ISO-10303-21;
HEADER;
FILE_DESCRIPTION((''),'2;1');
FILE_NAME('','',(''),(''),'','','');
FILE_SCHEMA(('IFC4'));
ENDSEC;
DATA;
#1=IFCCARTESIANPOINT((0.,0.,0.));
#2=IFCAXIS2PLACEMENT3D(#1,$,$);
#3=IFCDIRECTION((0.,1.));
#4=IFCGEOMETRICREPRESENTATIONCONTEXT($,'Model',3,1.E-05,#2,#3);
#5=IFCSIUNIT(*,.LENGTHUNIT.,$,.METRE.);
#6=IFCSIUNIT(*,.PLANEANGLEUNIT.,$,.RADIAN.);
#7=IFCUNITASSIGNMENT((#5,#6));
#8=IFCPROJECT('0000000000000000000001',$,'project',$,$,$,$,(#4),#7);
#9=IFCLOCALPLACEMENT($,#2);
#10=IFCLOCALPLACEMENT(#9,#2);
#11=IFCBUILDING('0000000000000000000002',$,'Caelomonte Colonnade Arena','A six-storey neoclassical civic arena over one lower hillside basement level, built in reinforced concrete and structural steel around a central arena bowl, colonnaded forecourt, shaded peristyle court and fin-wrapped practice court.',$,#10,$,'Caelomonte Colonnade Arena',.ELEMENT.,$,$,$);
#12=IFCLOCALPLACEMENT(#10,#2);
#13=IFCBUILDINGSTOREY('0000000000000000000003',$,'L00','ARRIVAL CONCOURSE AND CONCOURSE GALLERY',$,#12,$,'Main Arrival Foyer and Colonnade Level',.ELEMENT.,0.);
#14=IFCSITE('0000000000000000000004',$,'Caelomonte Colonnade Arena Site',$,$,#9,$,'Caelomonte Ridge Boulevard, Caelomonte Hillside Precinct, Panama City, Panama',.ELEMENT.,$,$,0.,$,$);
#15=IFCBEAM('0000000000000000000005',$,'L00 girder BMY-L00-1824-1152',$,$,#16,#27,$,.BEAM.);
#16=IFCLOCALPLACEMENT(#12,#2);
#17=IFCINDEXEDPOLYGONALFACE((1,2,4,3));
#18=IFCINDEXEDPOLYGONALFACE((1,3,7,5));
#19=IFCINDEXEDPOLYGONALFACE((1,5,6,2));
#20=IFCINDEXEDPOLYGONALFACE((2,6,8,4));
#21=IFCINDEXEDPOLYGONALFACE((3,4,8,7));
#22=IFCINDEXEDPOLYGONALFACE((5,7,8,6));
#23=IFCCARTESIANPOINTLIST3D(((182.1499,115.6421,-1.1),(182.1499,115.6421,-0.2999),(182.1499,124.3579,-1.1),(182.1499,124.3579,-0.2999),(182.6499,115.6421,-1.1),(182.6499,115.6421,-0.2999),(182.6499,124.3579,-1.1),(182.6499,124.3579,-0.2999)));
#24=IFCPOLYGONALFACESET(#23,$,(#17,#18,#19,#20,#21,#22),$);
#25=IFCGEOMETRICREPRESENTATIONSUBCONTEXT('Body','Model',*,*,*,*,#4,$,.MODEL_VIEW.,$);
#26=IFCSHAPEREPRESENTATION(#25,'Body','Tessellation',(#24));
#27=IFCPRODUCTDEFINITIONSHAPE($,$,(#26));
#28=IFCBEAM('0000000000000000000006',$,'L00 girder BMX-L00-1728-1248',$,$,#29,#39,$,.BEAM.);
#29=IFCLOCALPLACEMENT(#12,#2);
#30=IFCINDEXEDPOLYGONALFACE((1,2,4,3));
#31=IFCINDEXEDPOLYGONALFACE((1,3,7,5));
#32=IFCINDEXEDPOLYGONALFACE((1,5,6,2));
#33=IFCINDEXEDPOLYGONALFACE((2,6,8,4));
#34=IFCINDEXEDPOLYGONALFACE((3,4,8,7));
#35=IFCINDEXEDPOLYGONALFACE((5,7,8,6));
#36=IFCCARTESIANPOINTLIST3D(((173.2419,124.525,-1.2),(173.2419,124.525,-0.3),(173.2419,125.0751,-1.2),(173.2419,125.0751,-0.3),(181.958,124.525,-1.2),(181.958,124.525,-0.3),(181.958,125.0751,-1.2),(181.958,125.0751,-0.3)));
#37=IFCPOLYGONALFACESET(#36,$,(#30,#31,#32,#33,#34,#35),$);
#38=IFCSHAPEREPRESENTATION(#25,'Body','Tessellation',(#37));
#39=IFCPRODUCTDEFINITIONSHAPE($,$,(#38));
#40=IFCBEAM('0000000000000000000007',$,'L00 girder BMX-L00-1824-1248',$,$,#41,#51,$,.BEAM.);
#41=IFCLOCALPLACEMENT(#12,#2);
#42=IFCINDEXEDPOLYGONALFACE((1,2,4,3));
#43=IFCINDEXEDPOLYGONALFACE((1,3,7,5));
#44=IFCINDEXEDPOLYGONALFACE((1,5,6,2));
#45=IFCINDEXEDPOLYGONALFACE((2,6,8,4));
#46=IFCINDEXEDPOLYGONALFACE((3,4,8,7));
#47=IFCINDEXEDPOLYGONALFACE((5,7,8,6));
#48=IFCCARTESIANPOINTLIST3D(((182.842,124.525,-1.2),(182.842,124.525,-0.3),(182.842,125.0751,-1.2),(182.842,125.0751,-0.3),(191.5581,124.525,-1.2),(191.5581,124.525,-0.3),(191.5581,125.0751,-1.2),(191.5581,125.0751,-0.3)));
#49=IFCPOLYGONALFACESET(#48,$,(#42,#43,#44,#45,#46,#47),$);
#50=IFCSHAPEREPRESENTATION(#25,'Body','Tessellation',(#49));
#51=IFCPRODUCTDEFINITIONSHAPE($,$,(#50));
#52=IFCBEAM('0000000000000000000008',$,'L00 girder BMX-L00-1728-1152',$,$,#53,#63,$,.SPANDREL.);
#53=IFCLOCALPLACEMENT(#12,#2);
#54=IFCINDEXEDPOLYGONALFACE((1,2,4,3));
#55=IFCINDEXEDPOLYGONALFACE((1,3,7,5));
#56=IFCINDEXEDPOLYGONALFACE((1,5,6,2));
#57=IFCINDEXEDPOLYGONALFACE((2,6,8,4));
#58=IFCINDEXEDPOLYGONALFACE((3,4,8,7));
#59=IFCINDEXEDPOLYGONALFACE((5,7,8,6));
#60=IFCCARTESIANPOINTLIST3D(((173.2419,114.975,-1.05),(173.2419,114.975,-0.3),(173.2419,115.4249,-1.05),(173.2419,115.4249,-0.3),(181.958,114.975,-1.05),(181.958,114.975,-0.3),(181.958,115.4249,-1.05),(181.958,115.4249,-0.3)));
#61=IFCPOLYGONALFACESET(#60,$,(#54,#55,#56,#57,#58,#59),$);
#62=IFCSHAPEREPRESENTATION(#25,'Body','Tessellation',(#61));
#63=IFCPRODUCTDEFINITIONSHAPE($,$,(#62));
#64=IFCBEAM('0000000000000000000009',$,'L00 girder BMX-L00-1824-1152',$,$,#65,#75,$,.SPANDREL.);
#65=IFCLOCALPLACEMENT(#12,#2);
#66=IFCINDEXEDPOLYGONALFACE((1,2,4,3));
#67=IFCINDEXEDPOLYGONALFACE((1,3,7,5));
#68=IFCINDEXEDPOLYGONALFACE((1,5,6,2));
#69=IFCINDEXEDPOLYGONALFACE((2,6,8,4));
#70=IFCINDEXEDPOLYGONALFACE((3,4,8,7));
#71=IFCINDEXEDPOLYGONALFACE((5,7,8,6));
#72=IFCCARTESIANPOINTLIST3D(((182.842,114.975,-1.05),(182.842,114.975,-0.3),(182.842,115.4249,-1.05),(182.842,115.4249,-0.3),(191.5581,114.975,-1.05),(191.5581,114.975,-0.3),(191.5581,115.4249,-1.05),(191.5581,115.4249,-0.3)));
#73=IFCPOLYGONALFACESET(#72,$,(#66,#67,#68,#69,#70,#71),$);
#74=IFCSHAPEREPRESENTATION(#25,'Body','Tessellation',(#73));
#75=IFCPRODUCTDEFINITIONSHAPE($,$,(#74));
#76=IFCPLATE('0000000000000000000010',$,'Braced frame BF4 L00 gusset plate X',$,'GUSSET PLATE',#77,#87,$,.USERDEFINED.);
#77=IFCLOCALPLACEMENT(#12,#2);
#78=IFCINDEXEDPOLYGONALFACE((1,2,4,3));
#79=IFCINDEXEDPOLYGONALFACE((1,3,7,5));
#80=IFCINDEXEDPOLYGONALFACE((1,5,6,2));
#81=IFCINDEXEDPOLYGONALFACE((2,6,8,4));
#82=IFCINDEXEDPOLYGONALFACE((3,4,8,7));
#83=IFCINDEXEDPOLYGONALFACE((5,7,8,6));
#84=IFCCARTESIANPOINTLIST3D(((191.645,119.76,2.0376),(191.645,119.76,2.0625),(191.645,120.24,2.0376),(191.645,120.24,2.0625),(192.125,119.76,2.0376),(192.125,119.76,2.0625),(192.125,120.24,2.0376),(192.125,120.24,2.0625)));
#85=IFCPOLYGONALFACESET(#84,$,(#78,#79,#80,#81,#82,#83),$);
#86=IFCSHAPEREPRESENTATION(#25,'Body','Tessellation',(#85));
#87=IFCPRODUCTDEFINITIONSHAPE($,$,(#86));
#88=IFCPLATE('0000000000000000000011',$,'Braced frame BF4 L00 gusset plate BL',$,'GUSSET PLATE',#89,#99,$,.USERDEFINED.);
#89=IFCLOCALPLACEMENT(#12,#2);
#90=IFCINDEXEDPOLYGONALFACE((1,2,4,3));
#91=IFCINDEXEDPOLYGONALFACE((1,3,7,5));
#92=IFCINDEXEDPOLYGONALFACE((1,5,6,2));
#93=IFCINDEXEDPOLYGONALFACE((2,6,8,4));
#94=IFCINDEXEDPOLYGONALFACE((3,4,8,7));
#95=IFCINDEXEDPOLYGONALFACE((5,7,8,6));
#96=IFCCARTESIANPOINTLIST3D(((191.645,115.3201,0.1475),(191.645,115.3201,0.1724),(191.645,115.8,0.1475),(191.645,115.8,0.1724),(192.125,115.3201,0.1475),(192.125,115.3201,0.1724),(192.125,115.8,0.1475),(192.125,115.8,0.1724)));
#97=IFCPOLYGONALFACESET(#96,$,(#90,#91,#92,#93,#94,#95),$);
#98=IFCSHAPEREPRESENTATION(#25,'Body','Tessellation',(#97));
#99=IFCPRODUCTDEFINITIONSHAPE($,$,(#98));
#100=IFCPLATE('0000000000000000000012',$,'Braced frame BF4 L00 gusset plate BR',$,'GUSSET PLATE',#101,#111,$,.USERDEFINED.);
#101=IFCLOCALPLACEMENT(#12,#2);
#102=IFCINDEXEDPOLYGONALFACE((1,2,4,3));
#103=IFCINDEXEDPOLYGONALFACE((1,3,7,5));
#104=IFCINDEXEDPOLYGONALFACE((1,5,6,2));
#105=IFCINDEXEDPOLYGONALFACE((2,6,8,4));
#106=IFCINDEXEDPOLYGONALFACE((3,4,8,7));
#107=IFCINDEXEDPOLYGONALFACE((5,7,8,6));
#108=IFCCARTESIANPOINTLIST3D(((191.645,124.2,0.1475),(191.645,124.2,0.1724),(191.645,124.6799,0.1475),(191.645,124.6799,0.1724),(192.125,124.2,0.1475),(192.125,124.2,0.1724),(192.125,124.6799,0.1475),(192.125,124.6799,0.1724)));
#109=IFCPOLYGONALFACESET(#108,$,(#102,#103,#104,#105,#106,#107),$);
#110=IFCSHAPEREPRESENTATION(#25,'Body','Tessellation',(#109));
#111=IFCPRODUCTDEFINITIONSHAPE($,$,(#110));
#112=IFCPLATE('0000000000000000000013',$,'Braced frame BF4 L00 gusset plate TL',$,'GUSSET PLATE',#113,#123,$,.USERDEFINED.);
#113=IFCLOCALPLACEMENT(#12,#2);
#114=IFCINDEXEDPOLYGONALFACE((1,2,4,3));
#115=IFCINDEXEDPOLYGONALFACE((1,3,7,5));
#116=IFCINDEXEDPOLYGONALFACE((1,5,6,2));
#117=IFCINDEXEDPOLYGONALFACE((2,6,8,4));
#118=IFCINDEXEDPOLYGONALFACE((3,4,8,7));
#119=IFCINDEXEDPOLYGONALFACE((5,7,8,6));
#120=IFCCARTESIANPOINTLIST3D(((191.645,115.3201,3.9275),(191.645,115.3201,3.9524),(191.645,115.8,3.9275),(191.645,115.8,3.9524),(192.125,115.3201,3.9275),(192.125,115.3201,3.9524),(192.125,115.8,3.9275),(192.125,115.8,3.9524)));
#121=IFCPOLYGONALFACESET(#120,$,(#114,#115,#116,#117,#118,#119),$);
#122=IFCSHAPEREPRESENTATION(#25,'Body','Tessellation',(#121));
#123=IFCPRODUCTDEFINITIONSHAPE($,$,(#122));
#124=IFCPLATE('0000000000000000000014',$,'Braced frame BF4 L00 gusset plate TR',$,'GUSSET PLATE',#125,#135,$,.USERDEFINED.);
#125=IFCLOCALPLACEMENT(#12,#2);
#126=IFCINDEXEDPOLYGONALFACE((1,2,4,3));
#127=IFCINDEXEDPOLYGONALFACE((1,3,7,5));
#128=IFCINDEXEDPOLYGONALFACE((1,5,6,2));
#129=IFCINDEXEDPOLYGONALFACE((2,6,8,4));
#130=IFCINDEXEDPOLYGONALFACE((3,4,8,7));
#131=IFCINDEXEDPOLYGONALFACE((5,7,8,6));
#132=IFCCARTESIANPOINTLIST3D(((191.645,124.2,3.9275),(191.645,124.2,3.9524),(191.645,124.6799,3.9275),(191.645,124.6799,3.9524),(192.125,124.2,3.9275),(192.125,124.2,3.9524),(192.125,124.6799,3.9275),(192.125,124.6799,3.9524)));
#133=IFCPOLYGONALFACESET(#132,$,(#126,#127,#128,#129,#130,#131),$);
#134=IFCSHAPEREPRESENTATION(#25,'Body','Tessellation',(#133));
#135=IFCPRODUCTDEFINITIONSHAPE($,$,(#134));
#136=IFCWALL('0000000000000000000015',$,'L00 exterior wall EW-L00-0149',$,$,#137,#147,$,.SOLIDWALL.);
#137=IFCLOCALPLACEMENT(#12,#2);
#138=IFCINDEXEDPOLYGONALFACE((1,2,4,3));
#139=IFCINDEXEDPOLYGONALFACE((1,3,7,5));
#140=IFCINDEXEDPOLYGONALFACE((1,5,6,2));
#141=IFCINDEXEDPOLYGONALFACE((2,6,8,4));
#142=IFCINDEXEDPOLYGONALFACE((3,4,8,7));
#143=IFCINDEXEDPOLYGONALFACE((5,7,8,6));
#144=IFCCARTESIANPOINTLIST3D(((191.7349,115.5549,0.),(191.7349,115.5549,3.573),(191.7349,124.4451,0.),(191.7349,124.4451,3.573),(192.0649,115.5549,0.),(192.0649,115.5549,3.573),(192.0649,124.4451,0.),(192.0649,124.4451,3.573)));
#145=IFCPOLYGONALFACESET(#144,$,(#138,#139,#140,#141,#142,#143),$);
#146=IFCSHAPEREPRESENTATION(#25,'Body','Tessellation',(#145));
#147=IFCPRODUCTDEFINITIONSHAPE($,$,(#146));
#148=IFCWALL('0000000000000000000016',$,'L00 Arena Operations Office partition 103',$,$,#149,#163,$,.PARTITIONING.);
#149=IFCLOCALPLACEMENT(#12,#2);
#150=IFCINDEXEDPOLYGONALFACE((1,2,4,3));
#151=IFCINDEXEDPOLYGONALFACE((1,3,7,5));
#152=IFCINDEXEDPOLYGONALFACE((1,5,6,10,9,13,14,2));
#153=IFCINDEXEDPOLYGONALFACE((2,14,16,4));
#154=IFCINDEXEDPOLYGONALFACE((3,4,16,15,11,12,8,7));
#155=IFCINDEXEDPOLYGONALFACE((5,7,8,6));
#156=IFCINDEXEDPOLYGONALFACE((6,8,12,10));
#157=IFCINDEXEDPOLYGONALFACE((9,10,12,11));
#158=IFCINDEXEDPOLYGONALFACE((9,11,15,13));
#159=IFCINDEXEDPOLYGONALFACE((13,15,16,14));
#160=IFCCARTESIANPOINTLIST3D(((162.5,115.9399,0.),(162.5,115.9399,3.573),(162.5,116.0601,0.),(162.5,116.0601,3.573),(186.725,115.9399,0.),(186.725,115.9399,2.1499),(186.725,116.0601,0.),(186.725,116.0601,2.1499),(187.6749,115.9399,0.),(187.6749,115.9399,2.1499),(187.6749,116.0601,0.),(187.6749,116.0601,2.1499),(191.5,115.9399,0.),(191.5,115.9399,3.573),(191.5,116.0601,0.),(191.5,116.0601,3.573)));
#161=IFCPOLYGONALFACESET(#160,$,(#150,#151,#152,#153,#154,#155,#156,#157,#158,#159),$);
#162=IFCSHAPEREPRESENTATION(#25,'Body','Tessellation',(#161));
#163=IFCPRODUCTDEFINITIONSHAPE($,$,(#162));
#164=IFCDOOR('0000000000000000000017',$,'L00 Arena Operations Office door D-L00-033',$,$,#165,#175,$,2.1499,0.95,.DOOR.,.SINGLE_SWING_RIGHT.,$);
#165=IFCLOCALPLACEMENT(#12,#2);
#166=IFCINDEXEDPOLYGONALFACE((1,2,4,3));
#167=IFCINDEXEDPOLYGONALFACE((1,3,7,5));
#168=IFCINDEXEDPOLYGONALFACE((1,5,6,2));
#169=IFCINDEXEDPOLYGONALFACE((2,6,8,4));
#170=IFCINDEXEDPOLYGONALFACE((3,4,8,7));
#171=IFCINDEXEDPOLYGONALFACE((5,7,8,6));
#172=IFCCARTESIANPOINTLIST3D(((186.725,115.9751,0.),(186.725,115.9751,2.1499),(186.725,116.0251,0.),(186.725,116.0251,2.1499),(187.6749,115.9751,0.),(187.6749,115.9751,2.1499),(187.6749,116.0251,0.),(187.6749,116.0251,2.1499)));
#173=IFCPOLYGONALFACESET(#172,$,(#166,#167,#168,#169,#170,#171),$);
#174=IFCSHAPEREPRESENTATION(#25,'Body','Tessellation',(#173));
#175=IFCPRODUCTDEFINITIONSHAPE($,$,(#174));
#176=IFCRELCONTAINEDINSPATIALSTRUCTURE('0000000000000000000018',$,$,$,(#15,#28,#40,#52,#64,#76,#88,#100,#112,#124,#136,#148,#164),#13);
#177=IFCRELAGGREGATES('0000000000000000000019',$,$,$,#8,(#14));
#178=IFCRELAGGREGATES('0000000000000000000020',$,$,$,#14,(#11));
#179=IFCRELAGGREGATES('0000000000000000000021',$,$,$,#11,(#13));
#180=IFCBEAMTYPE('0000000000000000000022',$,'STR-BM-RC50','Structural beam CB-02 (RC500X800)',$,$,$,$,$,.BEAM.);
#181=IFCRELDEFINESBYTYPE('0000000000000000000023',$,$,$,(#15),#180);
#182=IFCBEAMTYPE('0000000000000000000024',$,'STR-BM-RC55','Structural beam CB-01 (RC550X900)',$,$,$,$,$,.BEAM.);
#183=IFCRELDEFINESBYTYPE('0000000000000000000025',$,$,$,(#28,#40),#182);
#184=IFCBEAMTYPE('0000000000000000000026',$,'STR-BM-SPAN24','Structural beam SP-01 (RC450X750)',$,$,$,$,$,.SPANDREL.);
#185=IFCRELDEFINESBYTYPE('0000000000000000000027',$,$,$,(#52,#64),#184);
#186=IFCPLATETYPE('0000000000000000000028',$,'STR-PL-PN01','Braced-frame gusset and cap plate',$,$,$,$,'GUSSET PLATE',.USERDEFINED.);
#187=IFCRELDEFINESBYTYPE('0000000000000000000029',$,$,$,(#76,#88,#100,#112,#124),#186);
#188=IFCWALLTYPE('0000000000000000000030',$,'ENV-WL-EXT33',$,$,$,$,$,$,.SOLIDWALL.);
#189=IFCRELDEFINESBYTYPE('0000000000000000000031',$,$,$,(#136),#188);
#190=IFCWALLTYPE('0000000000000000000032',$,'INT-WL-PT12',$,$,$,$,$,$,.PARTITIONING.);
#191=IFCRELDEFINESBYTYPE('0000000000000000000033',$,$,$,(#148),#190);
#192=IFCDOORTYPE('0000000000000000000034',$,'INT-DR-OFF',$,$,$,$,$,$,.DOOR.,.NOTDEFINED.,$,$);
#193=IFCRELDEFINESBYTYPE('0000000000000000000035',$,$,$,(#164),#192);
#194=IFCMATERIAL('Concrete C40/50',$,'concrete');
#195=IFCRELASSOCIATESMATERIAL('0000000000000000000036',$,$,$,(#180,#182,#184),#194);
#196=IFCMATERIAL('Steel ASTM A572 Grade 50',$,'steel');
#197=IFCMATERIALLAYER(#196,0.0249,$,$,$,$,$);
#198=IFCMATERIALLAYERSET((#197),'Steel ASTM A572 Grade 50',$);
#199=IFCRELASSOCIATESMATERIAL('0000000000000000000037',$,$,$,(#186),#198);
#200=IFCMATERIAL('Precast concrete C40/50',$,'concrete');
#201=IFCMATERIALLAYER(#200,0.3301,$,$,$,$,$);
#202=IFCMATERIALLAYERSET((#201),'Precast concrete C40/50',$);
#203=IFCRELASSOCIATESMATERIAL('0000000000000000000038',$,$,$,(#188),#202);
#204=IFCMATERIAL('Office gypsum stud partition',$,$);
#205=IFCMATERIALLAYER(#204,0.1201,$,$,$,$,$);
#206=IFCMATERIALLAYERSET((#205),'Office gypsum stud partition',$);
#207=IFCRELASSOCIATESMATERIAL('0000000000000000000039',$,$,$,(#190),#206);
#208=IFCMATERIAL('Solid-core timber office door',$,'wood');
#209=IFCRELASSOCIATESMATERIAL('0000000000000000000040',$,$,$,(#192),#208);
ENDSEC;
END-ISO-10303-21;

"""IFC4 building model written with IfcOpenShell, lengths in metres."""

from ifc_helpers import new_model, si_unit, direction, frame, frame_2d, origin, origin_2d, place, context, subcontext, project, spatial, rectangle, extrude, material, layer, layer_set, material_profile, profile_set, type_object, element, fill, save


model = new_model("IFC4")

# Units and contexts
model_context = context("Model", 3, precision=1e-05, world=origin(), true_north=direction((0.0, 1.0)))
body_context = subcontext(model_context, "Body", "Model", "MODEL_VIEW")
ifc_project = project(units=[si_unit("LENGTHUNIT", "METRE"), si_unit("PLANEANGLEUNIT", "RADIAN")], contexts=[model_context])

# Site, building, storey
site_placement = place(None, origin())
site = spatial("IfcSite", under=ifc_project, at=site_placement, Name="Caelomonte Colonnade Arena Site", LongName="Caelomonte Ridge Boulevard, Caelomonte Hillside Precinct, Panama City, Panama", CompositionType="ELEMENT", RefElevation=0.0)
building_placement = place(site_placement, origin())
building = spatial("IfcBuilding", under=site, at=building_placement, Name="Caelomonte Colonnade Arena", Description="A six-storey neoclassical civic arena over one lower hillside basement level, built in reinforced concrete and structural steel around a central arena bowl, colonnaded forecourt, shaded peristyle court and fin-wrapped practice court.", LongName="Caelomonte Colonnade Arena", CompositionType="ELEMENT")
storey_placement = place(building_placement, origin())
storey = spatial("IfcBuildingStorey", under=building, at=storey_placement, Name="L00", Description="ARRIVAL CONCOURSE AND CONCOURSE GALLERY", LongName="Main Arrival Foyer and Colonnade Level", CompositionType="ELEMENT", Elevation=0.0)

# Shared definitions
ifc_material_1 = material(Name="Concrete C40/50", Category="concrete")

# Beams
ifc_material_profile_1 = material_profile(ifc_material_1, rectangle(XDim=0.5, YDim=0.8, at=origin_2d()), Name="RC500X800")
ifc_profile_set_1 = profile_set([ifc_material_profile_1], Name="Concrete C40/50")
beam_type_1 = type_object("IfcBeamType", Name="STR-BM-RC50", Description="Structural beam CB-02 (RC500X800)", PredefinedType="BEAM", material=ifc_profile_set_1)
for number, where, z_axis, x_axis, name in (
    (1, (182.3999, 115.6421, -0.7), (0.0, 1.0, 0.0), (-1.0, 0.0, 0.0), "L00 girder BMY-L00-1824-1152"),
):
    element("IfcBeam", number, at=place(storey_placement, frame(where, z_axis=z_axis, x_axis=x_axis)), inside=storey, type_object=beam_type_1, Name=name, PredefinedType="BEAM", context=body_context, shape_type="SweptSolid", body=[
        extrude(rectangle(XDim=0.5, YDim=0.8, at=origin_2d()), origin(), (0.0, 0.0, 1.0), 8.7158),
    ])
ifc_material_profile_2 = material_profile(ifc_material_1, rectangle(XDim=0.55, YDim=0.8999, at=origin_2d()), Name="RC550X900")
ifc_profile_set_2 = profile_set([ifc_material_profile_2], Name="Concrete C40/50")
beam_type_2 = type_object("IfcBeamType", Name="STR-BM-RC55", Description="Structural beam CB-01 (RC550X900)", PredefinedType="BEAM", material=ifc_profile_set_2)
for number, where, z_axis, x_axis, name in (
    (2, (173.2419, 124.8, -0.75), (1.0, 0.0, 0.0), (0.0, 1.0, 0.0), "L00 girder BMX-L00-1728-1248"),
    (3, (182.842, 124.8, -0.75), (1.0, 0.0, 0.0), (0.0, 1.0, 0.0), "L00 girder BMX-L00-1824-1248"),
):
    element("IfcBeam", number, at=place(storey_placement, frame(where, z_axis=z_axis, x_axis=x_axis)), inside=storey, type_object=beam_type_2, Name=name, PredefinedType="BEAM", context=body_context, shape_type="SweptSolid", body=[
        extrude(rectangle(XDim=0.55, YDim=0.8999, at=origin_2d()), origin(), (0.0, 0.0, 1.0), 8.7161),
    ])
ifc_material_profile_3 = material_profile(ifc_material_1, rectangle(XDim=0.45, YDim=0.75, at=origin_2d()), Name="RC450X750")
ifc_profile_set_3 = profile_set([ifc_material_profile_3], Name="Concrete C40/50")
beam_type_3 = type_object("IfcBeamType", Name="STR-BM-SPAN24", Description="Structural beam SP-01 (RC450X750)", PredefinedType="SPANDREL", material=ifc_profile_set_3)
for number, where, z_axis, x_axis, name in (
    (4, (173.2419, 115.2, -0.675), (1.0, 0.0, 0.0), (0.0, 1.0, 0.0), "L00 girder BMX-L00-1728-1152"),
    (5, (182.842, 115.2, -0.675), (1.0, 0.0, 0.0), (0.0, 1.0, 0.0), "L00 girder BMX-L00-1824-1152"),
):
    element("IfcBeam", number, at=place(storey_placement, frame(where, z_axis=z_axis, x_axis=x_axis)), inside=storey, type_object=beam_type_3, Name=name, PredefinedType="SPANDREL", context=body_context, shape_type="SweptSolid", body=[
        extrude(rectangle(XDim=0.45, YDim=0.75, at=origin_2d()), origin(), (0.0, 0.0, 1.0), 8.7161),
    ])

# Plates
ifc_material_2 = material(Name="Steel ASTM A572 Grade 50", Category="steel")
ifc_layer_1 = layer(ifc_material_2, 0.0249)
ifc_layer_set_1 = layer_set([ifc_layer_1], Name="Steel ASTM A572 Grade 50")
plate_type = type_object("IfcPlateType", Name="STR-PL-PN01", Description="Braced-frame gusset and cap plate", ElementType="GUSSET PLATE", PredefinedType="USERDEFINED", material=ifc_layer_set_1)
for number, where, z_axis, x_axis, name in (
    (6, (191.885, 120.0, 2.0376), (0.0, 0.0, 1.0), (1.0, 0.0, 0.0), "Braced frame BF4 L00 gusset plate X"),
    (7, (191.885, 115.5601, 0.1475), (0.0, 0.0, 1.0), (1.0, 0.0, 0.0), "Braced frame BF4 L00 gusset plate BL"),
    (8, (191.885, 124.4399, 0.1475), (0.0, 0.0, 1.0), (1.0, 0.0, 0.0), "Braced frame BF4 L00 gusset plate BR"),
    (9, (191.885, 115.5601, 3.9275), (0.0, 0.0, 1.0), (1.0, 0.0, 0.0), "Braced frame BF4 L00 gusset plate TL"),
    (10, (191.885, 124.4399, 3.9275), (0.0, 0.0, 1.0), (1.0, 0.0, 0.0), "Braced frame BF4 L00 gusset plate TR"),
):
    element("IfcPlate", number, at=place(storey_placement, frame(where, z_axis=z_axis, x_axis=x_axis)), inside=storey, type_object=plate_type, Name=name, ObjectType="GUSSET PLATE", PredefinedType="USERDEFINED", context=body_context, shape_type="SweptSolid", body=[
        extrude(rectangle(XDim=0.48, YDim=0.48, at=origin_2d()), origin(), (0.0, 0.0, 1.0), 0.0249),
    ])

# Wall
ifc_material_3 = material(Name="Precast concrete C40/50", Category="concrete")
ifc_layer_2 = layer(ifc_material_3, 0.3301)
ifc_layer_set_2 = layer_set([ifc_layer_2], Name="Precast concrete C40/50")
wall_type_1 = type_object("IfcWallType", Name="ENV-WL-EXT33", PredefinedType="SOLIDWALL", material=ifc_layer_set_2)
wall_1_placement = place(storey_placement, frame((191.8999, 115.5549, 0.0), z_axis=(0.0, 0.0, 1.0), x_axis=(0.0, 1.0, 0.0)))
element("IfcWall", 11, at=wall_1_placement, inside=storey, type_object=wall_type_1, Name="L00 exterior wall EW-L00-0149", PredefinedType="SOLIDWALL", context=body_context, shape_type="SweptSolid", body=[
    extrude(rectangle(XDim=8.8901, YDim=0.3301, at=frame_2d((4.4451, 0.0))), origin(), (0.0, 0.0, 1.0), 3.573),
])

# Wall, opening, door
ifc_material_4 = material(Name="Office gypsum stud partition")
ifc_layer_3 = layer(ifc_material_4, 0.1201)
ifc_layer_set_3 = layer_set([ifc_layer_3], Name="Office gypsum stud partition")
wall_type_2 = type_object("IfcWallType", Name="INT-WL-PT12", PredefinedType="PARTITIONING", material=ifc_layer_set_3)
wall_2_placement = place(storey_placement, frame((191.5, 116.0, 0.0), z_axis=(0.0, 0.0, 1.0), x_axis=(-1.0, 0.0, 0.0)))
wall_2 = element("IfcWall", 12, at=wall_2_placement, inside=storey, type_object=wall_type_2, Name="L00 Arena Operations Office partition 103", PredefinedType="PARTITIONING", context=body_context, shape_type="SweptSolid", body=[
    extrude(rectangle(XDim=29.0, YDim=0.1201, at=frame_2d((14.5, 0.0))), origin(), (0.0, 0.0, 1.0), 3.573),
])
opening_placement = place(wall_2_placement, frame((3.825, 0.0, 0.0), z_axis=(0.0, 0.0, 1.0), x_axis=(1.0, 0.0, 0.0)))
opening = element("IfcOpeningElement", 13, at=opening_placement, cuts=wall_2, PredefinedType="OPENING", context=body_context, shape_type="SweptSolid", body=[
    extrude(rectangle(XDim=0.95, YDim=2.1499, at=frame_2d((0.4751, 1.075))), frame((0.0, 0.0701, 0.0), z_axis=(0.0, -1.0, 0.0), x_axis=(1.0, 0.0, 0.0)), (0.0, 0.0, 1.0), 0.1401),
])
ifc_material_5 = material(Name="Solid-core timber office door", Category="wood")
door_type = type_object("IfcDoorType", Name="INT-DR-OFF", OperationType="NOTDEFINED", PredefinedType="DOOR", material=ifc_material_5)
door_placement = place(opening_placement, origin())
door = element("IfcDoor", 14, at=door_placement, inside=storey, type_object=door_type, Name="L00 Arena Operations Office door D-L00-033", OperationType="SINGLE_SWING_RIGHT", OverallHeight=2.1499, OverallWidth=0.95, PredefinedType="DOOR", context=body_context, shape_type="SweptSolid", body=[
    extrude(rectangle(XDim=0.95, YDim=2.1499, at=frame_2d((0.4751, 1.075))), frame((0.0, 0.0249, 0.0), z_axis=(0.0, -1.0, 0.0), x_axis=(1.0, 0.0, 0.0)), (0.0, 0.0, 1.0), 0.05),
])
fill(opening, door)

save(model, "model.ifc")
